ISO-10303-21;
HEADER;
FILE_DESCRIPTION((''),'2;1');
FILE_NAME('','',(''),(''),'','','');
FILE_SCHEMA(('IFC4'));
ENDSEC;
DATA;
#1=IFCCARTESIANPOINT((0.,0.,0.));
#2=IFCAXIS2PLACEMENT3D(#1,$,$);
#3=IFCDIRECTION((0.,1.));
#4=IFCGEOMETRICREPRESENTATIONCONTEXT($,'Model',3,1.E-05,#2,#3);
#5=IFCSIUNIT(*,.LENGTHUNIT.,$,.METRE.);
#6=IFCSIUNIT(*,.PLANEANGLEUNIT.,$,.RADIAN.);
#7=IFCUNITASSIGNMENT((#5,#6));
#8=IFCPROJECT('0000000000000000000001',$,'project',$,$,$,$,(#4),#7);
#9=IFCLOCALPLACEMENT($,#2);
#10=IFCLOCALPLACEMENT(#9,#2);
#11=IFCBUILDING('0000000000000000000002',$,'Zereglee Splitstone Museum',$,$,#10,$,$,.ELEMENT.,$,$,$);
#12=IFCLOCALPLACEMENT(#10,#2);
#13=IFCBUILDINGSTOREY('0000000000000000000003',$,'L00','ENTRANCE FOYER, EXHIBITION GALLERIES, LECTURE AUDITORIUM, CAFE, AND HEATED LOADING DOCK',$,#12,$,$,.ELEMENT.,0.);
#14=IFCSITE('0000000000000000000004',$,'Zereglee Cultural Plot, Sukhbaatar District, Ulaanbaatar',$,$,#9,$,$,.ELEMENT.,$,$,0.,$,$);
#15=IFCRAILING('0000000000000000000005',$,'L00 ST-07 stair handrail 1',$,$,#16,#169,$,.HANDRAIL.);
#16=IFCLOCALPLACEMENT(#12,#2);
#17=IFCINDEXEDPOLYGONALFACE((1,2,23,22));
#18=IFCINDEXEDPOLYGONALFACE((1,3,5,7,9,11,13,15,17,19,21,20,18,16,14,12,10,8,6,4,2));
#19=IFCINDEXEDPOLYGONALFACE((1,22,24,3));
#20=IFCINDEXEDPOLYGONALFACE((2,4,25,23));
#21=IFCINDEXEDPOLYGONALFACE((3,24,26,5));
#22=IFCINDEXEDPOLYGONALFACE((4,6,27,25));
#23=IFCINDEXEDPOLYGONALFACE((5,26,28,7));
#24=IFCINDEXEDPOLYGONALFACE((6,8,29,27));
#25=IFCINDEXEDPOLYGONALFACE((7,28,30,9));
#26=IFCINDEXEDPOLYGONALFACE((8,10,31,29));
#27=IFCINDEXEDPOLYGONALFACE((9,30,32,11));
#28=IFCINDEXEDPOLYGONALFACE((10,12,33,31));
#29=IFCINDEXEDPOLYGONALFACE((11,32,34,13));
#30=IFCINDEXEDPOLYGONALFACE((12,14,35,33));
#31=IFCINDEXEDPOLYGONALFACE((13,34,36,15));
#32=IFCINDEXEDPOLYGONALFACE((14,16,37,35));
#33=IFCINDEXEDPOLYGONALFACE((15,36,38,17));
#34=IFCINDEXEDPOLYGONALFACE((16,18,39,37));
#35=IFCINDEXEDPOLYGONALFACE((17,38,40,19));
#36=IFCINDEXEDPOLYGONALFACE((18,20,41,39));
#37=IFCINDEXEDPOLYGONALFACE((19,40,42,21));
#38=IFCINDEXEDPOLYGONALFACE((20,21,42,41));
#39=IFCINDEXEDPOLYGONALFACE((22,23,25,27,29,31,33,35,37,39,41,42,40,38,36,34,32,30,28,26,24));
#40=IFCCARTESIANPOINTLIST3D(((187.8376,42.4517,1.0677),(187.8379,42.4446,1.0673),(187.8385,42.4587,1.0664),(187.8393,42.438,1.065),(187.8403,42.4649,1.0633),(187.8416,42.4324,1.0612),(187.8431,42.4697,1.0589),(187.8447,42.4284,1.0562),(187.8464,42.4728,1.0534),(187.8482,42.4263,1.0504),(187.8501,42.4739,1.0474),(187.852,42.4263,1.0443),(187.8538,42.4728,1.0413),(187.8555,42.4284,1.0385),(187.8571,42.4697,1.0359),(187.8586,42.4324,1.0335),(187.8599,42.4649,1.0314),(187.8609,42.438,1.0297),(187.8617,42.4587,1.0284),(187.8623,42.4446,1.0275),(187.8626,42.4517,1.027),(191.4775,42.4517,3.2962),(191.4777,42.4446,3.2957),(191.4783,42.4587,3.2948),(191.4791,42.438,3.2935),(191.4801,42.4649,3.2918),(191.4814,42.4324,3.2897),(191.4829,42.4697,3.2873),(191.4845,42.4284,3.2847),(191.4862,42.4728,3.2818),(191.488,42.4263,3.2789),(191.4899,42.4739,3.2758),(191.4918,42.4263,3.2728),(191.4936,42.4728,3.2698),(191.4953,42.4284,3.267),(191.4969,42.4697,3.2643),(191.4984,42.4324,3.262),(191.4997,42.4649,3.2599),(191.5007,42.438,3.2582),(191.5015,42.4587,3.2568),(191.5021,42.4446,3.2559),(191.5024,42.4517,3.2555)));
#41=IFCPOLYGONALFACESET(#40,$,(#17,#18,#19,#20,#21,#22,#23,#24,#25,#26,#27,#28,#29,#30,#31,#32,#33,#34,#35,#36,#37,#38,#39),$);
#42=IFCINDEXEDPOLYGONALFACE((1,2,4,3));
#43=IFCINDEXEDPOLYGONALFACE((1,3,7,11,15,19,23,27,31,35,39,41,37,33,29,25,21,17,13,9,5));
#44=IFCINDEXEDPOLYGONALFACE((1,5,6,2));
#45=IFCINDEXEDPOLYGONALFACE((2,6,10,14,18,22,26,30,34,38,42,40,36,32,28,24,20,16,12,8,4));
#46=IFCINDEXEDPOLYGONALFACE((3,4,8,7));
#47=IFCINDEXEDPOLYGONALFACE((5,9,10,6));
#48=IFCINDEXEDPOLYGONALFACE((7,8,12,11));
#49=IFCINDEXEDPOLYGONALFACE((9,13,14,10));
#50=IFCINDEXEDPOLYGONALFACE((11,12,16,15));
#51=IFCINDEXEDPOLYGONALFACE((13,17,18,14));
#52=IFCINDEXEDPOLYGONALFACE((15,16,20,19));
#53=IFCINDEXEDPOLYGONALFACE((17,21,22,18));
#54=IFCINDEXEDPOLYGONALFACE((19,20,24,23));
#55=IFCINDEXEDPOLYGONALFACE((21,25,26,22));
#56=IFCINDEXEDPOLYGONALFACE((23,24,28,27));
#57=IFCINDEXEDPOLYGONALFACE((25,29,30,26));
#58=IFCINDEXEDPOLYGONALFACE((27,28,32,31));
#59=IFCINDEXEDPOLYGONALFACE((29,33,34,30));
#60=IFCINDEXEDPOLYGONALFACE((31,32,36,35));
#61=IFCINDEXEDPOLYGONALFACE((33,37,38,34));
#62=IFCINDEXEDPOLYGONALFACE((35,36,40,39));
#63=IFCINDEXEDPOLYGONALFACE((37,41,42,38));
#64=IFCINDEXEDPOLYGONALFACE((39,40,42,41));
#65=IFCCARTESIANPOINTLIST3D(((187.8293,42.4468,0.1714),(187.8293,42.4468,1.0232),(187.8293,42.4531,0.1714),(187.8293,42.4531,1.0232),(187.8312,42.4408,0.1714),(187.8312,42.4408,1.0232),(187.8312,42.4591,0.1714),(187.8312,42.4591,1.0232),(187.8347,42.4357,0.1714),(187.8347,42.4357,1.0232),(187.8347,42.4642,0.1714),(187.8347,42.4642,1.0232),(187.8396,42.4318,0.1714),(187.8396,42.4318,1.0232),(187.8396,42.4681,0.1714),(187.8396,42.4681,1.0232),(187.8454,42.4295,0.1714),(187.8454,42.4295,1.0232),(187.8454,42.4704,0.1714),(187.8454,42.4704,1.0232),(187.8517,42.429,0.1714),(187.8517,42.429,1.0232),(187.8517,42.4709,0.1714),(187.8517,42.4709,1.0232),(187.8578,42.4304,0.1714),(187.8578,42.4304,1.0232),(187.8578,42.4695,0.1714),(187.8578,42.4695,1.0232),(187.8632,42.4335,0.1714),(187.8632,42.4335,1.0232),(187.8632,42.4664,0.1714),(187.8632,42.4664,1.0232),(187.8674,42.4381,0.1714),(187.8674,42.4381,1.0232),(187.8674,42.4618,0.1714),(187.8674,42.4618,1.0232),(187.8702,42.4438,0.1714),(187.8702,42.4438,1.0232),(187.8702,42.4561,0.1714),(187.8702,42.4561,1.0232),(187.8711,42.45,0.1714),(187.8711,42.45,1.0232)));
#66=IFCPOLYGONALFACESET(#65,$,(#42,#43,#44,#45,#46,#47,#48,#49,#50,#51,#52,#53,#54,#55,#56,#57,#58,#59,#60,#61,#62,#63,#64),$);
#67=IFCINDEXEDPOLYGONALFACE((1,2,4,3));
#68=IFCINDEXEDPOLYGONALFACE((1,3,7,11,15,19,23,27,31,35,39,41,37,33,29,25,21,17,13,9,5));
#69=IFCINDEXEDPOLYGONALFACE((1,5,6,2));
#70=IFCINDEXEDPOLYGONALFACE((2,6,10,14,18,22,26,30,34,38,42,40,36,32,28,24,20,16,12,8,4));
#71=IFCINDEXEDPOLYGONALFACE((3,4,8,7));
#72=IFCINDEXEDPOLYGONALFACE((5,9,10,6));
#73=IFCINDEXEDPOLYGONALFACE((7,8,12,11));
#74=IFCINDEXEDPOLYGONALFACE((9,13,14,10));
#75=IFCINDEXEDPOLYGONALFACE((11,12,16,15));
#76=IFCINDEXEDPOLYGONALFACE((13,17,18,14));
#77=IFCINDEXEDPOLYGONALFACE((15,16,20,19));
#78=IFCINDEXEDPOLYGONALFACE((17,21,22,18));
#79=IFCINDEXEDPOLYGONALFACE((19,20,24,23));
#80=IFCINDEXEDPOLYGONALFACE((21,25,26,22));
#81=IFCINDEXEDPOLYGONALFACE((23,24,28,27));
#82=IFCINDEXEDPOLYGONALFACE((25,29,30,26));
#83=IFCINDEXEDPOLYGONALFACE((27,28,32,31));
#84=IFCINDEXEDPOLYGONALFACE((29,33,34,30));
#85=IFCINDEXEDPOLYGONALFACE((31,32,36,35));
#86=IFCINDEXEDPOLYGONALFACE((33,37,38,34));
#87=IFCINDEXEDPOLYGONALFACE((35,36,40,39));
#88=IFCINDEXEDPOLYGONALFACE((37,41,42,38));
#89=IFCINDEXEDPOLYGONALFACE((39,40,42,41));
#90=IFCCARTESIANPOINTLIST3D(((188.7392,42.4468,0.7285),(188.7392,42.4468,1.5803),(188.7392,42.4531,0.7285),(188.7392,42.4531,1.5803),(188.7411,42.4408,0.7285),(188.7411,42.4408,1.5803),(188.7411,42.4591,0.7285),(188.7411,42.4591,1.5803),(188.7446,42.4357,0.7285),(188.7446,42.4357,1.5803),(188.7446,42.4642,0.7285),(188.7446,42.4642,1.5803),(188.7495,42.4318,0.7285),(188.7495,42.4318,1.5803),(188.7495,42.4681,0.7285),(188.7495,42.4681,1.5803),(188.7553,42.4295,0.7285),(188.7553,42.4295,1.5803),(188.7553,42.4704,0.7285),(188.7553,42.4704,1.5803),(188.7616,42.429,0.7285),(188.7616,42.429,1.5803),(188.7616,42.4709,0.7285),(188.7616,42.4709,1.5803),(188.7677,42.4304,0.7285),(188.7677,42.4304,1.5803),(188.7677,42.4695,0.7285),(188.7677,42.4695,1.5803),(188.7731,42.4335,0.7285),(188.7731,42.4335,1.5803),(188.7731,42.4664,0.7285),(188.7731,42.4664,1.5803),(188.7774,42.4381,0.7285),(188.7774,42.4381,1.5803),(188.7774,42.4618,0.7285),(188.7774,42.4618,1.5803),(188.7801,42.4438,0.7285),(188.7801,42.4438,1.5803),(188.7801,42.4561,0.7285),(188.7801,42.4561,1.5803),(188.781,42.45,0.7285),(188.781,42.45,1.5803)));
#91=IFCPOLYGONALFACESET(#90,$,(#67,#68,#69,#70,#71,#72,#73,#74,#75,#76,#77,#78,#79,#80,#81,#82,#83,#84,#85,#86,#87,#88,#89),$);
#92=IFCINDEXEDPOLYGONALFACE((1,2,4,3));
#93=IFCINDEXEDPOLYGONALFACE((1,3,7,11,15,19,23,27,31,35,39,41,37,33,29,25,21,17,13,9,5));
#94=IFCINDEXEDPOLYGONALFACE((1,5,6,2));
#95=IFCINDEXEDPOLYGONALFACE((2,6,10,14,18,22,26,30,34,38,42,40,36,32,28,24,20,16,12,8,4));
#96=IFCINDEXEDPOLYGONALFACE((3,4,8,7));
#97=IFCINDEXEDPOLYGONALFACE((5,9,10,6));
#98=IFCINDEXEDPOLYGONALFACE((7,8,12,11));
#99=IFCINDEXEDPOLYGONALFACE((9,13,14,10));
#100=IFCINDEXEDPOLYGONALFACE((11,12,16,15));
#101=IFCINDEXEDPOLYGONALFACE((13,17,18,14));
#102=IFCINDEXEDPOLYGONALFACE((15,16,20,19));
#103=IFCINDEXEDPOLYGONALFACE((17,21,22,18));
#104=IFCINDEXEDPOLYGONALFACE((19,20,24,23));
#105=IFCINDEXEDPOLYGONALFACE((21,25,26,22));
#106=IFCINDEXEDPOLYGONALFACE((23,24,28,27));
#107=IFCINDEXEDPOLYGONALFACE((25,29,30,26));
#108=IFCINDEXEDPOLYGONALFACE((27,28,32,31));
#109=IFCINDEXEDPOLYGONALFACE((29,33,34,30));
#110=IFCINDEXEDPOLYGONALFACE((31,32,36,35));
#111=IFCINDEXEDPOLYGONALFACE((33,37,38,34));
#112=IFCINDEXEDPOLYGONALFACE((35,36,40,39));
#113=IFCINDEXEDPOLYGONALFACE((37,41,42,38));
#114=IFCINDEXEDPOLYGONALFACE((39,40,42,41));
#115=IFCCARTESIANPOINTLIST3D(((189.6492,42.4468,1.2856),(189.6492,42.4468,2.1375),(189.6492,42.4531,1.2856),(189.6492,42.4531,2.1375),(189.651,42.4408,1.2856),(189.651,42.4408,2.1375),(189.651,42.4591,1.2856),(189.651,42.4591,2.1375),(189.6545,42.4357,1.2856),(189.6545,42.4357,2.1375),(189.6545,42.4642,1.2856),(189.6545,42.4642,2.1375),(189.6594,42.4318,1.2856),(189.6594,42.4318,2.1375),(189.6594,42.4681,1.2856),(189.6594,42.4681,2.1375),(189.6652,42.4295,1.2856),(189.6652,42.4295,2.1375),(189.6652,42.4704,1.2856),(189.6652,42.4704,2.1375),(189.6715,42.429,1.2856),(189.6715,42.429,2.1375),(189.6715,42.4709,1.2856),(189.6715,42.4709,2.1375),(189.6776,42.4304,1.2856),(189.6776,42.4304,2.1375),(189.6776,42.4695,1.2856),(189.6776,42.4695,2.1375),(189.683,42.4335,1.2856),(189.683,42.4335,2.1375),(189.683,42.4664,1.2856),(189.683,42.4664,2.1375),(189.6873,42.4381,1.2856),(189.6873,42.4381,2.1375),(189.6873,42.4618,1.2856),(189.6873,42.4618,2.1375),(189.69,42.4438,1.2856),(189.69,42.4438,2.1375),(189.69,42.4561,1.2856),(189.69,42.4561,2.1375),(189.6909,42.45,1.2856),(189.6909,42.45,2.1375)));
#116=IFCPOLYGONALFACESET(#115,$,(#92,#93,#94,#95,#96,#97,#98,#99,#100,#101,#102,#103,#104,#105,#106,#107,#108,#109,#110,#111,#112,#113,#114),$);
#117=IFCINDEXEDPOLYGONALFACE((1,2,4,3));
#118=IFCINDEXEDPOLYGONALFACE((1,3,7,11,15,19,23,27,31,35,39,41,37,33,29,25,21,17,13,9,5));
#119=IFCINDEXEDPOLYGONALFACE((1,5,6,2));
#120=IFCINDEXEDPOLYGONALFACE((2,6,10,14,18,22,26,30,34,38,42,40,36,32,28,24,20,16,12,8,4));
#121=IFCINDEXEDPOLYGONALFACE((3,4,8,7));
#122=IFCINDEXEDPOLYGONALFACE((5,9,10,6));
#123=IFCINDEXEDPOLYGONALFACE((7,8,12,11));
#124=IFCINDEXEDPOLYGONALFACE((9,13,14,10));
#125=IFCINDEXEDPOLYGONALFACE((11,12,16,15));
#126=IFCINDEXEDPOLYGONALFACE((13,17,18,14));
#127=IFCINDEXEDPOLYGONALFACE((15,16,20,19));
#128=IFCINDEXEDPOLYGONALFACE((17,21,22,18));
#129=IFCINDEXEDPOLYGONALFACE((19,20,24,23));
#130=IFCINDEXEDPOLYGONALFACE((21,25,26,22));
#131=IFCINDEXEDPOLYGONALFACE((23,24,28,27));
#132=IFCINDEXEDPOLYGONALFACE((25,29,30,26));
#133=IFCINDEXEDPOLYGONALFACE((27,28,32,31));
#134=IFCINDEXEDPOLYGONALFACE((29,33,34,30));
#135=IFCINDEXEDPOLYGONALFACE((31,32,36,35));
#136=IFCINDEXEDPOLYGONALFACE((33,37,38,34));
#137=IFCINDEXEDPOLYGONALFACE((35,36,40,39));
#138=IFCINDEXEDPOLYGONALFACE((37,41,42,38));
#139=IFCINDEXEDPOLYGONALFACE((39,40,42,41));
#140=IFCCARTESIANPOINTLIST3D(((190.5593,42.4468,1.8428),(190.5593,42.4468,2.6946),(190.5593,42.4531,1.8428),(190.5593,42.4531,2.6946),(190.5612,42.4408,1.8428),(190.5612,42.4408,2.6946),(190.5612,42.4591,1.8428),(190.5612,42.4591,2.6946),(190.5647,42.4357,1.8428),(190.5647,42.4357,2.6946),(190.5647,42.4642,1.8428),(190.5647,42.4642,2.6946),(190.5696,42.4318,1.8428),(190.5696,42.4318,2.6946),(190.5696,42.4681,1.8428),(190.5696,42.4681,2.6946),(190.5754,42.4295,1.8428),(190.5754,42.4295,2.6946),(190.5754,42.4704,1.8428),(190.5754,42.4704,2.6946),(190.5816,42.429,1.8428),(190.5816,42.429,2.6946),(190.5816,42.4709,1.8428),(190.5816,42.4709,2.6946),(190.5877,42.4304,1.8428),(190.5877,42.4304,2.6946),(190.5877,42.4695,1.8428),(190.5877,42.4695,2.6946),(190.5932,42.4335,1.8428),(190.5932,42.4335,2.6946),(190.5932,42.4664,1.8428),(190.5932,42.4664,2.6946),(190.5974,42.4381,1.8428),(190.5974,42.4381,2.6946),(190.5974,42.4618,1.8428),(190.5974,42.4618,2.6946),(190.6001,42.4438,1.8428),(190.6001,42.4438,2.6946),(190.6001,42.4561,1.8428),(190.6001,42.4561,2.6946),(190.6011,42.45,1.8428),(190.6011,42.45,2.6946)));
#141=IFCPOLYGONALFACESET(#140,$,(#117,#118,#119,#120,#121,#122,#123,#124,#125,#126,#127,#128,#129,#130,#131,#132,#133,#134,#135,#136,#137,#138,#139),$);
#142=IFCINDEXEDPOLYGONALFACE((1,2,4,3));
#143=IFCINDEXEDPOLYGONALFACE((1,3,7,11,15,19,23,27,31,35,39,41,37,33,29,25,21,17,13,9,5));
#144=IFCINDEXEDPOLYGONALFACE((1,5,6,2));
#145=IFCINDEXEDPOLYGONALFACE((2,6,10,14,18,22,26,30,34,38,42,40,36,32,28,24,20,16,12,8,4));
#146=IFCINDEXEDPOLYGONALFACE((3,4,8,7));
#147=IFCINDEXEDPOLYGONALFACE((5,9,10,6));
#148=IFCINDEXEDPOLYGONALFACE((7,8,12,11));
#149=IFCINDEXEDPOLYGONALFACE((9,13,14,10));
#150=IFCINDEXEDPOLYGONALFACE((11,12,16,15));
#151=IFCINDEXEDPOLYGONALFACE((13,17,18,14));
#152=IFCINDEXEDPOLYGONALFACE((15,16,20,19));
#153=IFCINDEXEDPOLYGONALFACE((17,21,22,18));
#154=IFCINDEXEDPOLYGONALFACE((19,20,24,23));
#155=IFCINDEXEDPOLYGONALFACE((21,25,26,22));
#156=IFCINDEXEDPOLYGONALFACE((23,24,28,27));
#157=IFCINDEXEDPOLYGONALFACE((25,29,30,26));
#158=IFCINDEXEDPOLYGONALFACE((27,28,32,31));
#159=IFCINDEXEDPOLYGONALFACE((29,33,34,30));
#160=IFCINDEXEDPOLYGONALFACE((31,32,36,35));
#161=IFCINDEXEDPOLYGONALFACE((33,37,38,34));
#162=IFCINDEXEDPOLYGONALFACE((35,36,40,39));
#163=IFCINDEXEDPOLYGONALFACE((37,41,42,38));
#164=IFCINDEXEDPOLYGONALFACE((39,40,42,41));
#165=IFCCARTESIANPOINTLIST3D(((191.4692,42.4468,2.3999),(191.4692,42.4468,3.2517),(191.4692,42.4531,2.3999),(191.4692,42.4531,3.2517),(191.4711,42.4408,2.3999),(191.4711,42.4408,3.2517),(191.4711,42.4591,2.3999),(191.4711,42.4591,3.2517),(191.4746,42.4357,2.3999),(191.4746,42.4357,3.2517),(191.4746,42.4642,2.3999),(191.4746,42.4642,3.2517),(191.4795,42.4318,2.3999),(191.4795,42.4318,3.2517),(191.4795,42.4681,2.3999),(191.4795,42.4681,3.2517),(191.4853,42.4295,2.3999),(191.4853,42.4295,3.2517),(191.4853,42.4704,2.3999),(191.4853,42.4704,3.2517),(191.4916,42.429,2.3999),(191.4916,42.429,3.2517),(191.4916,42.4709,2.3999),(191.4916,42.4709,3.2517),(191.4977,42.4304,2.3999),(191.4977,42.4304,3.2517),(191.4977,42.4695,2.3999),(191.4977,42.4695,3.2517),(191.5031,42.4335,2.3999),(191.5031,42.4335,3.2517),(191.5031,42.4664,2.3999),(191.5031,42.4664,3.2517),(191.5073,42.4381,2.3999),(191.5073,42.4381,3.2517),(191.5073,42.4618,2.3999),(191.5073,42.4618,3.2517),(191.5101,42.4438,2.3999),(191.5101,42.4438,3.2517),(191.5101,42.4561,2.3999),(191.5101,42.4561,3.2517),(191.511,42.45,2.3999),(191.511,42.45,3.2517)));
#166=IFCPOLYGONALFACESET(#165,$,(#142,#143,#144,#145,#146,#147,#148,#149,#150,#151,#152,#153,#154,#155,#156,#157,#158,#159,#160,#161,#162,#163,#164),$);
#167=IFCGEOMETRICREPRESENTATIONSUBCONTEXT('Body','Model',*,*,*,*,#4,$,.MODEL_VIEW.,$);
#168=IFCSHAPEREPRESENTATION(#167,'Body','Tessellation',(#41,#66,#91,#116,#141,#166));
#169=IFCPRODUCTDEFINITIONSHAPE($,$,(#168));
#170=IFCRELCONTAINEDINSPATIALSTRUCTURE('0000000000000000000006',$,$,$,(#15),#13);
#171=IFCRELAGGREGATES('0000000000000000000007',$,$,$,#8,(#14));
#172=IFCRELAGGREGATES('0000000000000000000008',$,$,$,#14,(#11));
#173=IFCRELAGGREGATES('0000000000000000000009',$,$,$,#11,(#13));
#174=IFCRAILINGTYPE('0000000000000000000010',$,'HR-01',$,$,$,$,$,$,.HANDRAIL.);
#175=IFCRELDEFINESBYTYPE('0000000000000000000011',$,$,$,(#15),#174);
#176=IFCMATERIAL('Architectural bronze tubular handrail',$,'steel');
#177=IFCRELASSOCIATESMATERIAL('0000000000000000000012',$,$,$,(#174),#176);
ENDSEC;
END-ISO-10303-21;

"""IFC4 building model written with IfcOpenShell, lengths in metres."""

from ifc_helpers import new_model, si_unit, direction, frame, origin, origin_2d, place, context, subcontext, project, spatial, circle, extrude, material, type_object, element, save


model = new_model("IFC4")

# Units and contexts
model_context = context("Model", 3, precision=1e-05, world=origin(), true_north=direction((0.0, 1.0)))
body_context = subcontext(model_context, "Body", "Model", "MODEL_VIEW")
ifc_project = project(units=[si_unit("LENGTHUNIT", "METRE"), si_unit("PLANEANGLEUNIT", "RADIAN")], contexts=[model_context])

# Site, building, storey
site_placement = place(None, origin())
site = spatial("IfcSite", under=ifc_project, at=site_placement, Name="Zereglee Cultural Plot, Sukhbaatar District, Ulaanbaatar", CompositionType="ELEMENT", RefElevation=0.0)
building_placement = place(site_placement, origin())
building = spatial("IfcBuilding", under=site, at=building_placement, Name="Zereglee Splitstone Museum", CompositionType="ELEMENT")
storey_placement = place(building_placement, origin())
storey = spatial("IfcBuildingStorey", under=building, at=storey_placement, Name="L00", Description="ENTRANCE FOYER, EXHIBITION GALLERIES, LECTURE AUDITORIUM, CAFE, AND HEATED LOADING DOCK", CompositionType="ELEMENT", Elevation=0.0)

# Railing
ifc_material_1 = material(Name="Architectural bronze tubular handrail", Category="steel")
railing_type_1 = type_object("IfcRailingType", Name="HR-01", PredefinedType="HANDRAIL", material=ifc_material_1)
railing_1_placement = place(storey_placement, frame((187.8501, 42.45, 0.1714)))
element("IfcRailing", 1, at=railing_1_placement, inside=storey, type_object=railing_type_1, Name="L00 ST-07 stair handrail 1", PredefinedType="HANDRAIL", context=body_context, shape_type="SweptSolid", body=[
    extrude(circle(Radius=0.0239, at=origin_2d()), frame((0.0, 0.0, 0.876), z_axis=(0.85285, 0.0, 0.522156), x_axis=(0.0, 1.0, 0.0)), (0.0, 0.0, 1.0), 4.2678),
    extrude(circle(Radius=0.021, at=origin_2d()), origin(), (0.0, 0.0, 1.0), 0.8518),
    extrude(circle(Radius=0.021, at=origin_2d()), frame((0.9099, 0.0, 0.5571)), (0.0, 0.0, 1.0), 0.8518),
    extrude(circle(Radius=0.021, at=origin_2d()), frame((1.8198, 0.0, 1.1143)), (0.0, 0.0, 1.0), 0.8518),
    extrude(circle(Radius=0.021, at=origin_2d()), frame((2.73, 0.0, 1.6714)), (0.0, 0.0, 1.0), 0.8518),
    extrude(circle(Radius=0.021, at=origin_2d()), frame((3.6399, 0.0, 2.2285)), (0.0, 0.0, 1.0), 0.8518),
])

save(model, "model.ifc")
